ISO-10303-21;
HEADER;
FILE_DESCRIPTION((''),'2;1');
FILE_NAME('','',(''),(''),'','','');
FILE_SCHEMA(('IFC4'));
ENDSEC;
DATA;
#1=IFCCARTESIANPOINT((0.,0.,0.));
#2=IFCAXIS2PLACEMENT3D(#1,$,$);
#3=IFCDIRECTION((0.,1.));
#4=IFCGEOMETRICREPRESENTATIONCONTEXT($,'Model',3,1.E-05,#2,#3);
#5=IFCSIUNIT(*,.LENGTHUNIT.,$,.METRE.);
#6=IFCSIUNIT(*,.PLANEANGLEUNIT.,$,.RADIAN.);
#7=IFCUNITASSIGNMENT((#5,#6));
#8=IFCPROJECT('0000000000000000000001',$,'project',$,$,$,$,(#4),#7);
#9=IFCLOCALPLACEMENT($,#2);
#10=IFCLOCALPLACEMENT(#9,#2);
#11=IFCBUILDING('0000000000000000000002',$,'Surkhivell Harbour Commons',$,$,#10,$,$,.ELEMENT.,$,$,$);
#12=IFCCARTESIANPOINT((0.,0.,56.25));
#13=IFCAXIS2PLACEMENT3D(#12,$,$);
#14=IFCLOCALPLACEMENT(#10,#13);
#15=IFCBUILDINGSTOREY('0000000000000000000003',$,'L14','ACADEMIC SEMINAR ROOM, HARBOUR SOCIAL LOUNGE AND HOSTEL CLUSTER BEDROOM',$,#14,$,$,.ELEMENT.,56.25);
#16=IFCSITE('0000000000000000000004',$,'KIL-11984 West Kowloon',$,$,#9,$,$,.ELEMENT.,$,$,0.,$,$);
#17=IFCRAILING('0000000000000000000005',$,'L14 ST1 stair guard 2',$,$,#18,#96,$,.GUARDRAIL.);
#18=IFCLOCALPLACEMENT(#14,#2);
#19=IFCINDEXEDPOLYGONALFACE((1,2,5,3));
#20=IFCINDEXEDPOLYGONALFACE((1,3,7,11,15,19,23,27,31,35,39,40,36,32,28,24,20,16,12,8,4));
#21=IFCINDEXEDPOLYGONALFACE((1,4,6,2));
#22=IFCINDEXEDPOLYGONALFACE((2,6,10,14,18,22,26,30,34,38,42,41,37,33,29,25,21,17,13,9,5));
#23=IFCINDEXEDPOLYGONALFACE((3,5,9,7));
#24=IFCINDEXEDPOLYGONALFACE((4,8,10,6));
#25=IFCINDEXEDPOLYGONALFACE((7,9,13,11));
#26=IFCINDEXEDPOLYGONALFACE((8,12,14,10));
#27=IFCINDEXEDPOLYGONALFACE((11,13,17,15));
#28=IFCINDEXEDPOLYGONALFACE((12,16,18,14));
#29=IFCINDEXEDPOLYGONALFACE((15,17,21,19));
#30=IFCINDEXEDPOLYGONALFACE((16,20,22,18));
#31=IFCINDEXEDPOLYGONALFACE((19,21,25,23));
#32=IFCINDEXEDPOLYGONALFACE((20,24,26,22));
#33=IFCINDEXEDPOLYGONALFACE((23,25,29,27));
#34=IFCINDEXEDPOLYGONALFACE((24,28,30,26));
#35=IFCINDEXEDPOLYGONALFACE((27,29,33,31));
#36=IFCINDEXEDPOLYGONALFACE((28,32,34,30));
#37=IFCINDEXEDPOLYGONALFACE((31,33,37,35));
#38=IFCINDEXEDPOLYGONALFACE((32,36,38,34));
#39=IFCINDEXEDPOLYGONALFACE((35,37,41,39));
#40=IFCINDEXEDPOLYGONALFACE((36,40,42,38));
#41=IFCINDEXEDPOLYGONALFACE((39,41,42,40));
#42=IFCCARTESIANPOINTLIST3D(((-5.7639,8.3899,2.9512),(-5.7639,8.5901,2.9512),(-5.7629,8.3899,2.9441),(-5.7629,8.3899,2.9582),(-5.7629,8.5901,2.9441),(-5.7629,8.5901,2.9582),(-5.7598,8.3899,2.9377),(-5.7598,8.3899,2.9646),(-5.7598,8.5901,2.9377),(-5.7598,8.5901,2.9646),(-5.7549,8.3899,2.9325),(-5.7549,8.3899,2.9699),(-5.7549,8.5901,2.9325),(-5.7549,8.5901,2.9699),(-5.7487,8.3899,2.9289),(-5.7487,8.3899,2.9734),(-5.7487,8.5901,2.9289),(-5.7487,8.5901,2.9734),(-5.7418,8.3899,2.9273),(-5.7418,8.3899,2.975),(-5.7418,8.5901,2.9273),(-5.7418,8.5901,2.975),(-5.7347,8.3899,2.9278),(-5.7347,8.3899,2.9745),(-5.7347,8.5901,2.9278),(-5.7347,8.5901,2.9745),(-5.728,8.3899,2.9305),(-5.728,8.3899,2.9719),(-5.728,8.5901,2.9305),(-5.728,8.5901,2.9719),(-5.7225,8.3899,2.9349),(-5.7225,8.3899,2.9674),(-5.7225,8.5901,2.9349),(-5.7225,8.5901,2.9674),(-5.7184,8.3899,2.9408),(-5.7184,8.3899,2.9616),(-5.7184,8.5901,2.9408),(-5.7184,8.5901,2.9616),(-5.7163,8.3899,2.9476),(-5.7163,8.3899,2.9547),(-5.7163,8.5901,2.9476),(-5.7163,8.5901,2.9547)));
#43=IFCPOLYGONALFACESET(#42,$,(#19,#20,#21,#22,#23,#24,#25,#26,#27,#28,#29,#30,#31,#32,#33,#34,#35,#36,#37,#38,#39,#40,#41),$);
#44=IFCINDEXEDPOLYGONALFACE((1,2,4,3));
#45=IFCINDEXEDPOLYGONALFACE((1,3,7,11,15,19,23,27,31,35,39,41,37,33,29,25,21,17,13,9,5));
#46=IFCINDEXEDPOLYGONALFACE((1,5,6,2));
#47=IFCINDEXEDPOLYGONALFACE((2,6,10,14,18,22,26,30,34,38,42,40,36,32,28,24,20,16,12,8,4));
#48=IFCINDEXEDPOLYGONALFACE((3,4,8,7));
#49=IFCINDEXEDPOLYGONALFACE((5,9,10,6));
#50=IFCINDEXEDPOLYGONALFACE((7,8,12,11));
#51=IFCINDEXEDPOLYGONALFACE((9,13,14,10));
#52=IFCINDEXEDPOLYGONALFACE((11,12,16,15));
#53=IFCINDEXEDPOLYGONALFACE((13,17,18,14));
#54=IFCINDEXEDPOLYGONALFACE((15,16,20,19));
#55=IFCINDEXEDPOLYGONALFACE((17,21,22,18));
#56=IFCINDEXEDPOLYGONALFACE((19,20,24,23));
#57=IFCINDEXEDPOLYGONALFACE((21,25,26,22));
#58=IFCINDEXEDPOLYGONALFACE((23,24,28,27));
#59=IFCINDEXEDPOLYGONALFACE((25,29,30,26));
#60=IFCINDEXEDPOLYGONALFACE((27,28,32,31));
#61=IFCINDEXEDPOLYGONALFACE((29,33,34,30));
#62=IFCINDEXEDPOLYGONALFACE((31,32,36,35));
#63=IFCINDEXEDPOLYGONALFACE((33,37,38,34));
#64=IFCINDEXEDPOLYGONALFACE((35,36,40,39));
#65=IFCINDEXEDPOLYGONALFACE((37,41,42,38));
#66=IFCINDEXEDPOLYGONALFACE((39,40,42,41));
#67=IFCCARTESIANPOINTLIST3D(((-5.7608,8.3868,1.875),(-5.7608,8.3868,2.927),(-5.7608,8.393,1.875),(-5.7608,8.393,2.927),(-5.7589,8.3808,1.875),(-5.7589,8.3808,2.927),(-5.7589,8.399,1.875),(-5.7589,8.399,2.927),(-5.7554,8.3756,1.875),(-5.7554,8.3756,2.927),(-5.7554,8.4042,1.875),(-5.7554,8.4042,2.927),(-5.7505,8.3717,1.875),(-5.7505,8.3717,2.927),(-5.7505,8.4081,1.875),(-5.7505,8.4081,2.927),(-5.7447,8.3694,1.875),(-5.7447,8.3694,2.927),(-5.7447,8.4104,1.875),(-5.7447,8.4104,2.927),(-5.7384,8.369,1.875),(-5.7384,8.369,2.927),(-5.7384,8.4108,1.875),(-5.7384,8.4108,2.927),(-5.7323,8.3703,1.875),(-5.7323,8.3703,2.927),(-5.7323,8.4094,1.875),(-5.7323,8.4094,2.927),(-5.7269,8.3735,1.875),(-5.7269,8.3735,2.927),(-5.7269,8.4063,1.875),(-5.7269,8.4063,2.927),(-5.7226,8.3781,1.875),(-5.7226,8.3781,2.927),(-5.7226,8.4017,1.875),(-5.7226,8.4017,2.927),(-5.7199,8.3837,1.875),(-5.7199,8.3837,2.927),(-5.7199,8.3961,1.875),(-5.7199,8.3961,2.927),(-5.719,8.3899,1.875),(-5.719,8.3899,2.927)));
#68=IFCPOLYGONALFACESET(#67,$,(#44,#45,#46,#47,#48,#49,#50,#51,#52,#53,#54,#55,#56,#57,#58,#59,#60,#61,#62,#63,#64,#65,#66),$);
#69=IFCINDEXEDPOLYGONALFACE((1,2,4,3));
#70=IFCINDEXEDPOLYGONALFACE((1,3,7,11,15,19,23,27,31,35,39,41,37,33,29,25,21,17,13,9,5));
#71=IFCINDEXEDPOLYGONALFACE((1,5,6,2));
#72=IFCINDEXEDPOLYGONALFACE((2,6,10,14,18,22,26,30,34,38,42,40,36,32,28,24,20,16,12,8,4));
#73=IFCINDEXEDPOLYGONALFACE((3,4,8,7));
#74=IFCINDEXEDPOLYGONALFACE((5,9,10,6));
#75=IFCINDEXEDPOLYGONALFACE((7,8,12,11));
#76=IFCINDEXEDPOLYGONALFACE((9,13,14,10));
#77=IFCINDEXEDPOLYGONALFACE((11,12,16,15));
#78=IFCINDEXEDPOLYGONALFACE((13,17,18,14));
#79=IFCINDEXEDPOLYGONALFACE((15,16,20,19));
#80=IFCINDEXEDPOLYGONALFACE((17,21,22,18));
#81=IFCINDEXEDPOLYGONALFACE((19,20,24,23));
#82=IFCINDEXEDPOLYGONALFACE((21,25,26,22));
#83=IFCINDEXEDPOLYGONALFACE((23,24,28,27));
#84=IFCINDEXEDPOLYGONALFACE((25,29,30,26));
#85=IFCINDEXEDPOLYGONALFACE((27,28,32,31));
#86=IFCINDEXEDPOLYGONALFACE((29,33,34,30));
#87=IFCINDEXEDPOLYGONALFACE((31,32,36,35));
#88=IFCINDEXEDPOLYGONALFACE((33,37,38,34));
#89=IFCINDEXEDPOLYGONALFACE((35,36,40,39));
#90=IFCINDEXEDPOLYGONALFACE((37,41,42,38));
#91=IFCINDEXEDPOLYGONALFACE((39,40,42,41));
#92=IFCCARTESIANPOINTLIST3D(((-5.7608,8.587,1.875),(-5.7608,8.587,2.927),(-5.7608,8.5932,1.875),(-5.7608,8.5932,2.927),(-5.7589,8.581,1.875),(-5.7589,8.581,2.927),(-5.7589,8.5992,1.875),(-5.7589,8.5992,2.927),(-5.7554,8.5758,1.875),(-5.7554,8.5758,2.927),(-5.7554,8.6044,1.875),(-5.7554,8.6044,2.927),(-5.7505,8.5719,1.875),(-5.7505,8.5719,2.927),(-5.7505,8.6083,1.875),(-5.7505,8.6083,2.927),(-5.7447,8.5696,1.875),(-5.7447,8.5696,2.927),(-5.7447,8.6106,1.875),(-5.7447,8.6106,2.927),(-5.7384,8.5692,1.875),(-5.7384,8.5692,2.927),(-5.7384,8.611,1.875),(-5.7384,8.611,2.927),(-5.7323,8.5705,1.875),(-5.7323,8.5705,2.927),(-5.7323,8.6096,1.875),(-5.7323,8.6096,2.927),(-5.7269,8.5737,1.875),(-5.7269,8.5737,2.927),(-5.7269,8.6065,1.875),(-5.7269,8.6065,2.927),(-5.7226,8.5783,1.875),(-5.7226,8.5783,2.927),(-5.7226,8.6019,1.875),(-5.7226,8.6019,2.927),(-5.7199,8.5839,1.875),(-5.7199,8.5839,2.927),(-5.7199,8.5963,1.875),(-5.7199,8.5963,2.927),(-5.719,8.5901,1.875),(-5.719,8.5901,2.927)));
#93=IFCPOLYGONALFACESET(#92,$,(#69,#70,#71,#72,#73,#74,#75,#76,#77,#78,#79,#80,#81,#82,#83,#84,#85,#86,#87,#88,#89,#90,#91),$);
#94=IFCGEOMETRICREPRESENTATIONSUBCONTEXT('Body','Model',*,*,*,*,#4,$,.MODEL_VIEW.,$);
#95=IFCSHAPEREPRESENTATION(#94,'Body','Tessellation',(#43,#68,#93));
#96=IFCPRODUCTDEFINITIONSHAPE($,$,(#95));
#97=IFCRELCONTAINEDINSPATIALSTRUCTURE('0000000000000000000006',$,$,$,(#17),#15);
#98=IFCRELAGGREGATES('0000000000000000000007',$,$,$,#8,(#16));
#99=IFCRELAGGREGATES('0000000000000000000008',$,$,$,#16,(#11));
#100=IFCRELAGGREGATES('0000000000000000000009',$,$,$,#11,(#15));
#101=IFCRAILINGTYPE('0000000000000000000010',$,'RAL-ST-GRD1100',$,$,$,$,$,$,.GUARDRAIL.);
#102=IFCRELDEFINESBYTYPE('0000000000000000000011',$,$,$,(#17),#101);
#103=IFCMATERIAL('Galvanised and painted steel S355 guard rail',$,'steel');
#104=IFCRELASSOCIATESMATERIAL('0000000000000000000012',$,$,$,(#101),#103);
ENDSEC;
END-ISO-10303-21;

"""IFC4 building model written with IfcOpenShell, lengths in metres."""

from ifc_helpers import new_model, si_unit, direction, frame, origin, origin_2d, place, context, subcontext, project, spatial, circle, extrude, material, type_object, element, save


model = new_model("IFC4")

# Units and contexts
model_context = context("Model", 3, precision=1e-05, world=origin(), true_north=direction((0.0, 1.0)))
body_context = subcontext(model_context, "Body", "Model", "MODEL_VIEW")
ifc_project = project(units=[si_unit("LENGTHUNIT", "METRE"), si_unit("PLANEANGLEUNIT", "RADIAN")], contexts=[model_context])

# Site, building, storey
site_placement = place(None, origin())
site = spatial("IfcSite", under=ifc_project, at=site_placement, Name="KIL-11984 West Kowloon", CompositionType="ELEMENT", RefElevation=0.0)
building_placement = place(site_placement, origin())
building = spatial("IfcBuilding", under=site, at=building_placement, Name="Surkhivell Harbour Commons", CompositionType="ELEMENT")
storey_placement = place(building_placement, frame((0.0, 0.0, 56.25)))
storey = spatial("IfcBuildingStorey", under=building, at=storey_placement, Name="L14", Description="ACADEMIC SEMINAR ROOM, HARBOUR SOCIAL LOUNGE AND HOSTEL CLUSTER BEDROOM", CompositionType="ELEMENT", Elevation=56.25)

# Railing
ifc_material_1 = material(Name="Galvanised and painted steel S355 guard rail", Category="steel")
railing_type_1 = type_object("IfcRailingType", Name="RAL-ST-GRD1100", PredefinedType="GUARDRAIL", material=ifc_material_1)
railing_1_placement = place(storey_placement, frame((-5.74, 8.3899, 1.875)))
element("IfcRailing", 1, at=railing_1_placement, inside=storey, type_object=railing_type_1, Name="L14 ST1 stair guard 2", PredefinedType="GUARDRAIL", context=body_context, shape_type="SweptSolid", body=[
    extrude(circle(Radius=0.0239, at=origin_2d()), frame((0.0, 0.0, 1.0762), z_axis=(0.0, 1.0, 0.0), x_axis=(-1.0, 0.0, 0.0)), (0.0, 0.0, 1.0), 0.2002),
    extrude(circle(Radius=0.021, at=origin_2d()), origin(), (0.0, 0.0, 1.0), 1.052),
    extrude(circle(Radius=0.021, at=origin_2d()), frame((0.0, 0.2002, 0.0)), (0.0, 0.0, 1.0), 1.052),
])

save(model, "model.ifc")
